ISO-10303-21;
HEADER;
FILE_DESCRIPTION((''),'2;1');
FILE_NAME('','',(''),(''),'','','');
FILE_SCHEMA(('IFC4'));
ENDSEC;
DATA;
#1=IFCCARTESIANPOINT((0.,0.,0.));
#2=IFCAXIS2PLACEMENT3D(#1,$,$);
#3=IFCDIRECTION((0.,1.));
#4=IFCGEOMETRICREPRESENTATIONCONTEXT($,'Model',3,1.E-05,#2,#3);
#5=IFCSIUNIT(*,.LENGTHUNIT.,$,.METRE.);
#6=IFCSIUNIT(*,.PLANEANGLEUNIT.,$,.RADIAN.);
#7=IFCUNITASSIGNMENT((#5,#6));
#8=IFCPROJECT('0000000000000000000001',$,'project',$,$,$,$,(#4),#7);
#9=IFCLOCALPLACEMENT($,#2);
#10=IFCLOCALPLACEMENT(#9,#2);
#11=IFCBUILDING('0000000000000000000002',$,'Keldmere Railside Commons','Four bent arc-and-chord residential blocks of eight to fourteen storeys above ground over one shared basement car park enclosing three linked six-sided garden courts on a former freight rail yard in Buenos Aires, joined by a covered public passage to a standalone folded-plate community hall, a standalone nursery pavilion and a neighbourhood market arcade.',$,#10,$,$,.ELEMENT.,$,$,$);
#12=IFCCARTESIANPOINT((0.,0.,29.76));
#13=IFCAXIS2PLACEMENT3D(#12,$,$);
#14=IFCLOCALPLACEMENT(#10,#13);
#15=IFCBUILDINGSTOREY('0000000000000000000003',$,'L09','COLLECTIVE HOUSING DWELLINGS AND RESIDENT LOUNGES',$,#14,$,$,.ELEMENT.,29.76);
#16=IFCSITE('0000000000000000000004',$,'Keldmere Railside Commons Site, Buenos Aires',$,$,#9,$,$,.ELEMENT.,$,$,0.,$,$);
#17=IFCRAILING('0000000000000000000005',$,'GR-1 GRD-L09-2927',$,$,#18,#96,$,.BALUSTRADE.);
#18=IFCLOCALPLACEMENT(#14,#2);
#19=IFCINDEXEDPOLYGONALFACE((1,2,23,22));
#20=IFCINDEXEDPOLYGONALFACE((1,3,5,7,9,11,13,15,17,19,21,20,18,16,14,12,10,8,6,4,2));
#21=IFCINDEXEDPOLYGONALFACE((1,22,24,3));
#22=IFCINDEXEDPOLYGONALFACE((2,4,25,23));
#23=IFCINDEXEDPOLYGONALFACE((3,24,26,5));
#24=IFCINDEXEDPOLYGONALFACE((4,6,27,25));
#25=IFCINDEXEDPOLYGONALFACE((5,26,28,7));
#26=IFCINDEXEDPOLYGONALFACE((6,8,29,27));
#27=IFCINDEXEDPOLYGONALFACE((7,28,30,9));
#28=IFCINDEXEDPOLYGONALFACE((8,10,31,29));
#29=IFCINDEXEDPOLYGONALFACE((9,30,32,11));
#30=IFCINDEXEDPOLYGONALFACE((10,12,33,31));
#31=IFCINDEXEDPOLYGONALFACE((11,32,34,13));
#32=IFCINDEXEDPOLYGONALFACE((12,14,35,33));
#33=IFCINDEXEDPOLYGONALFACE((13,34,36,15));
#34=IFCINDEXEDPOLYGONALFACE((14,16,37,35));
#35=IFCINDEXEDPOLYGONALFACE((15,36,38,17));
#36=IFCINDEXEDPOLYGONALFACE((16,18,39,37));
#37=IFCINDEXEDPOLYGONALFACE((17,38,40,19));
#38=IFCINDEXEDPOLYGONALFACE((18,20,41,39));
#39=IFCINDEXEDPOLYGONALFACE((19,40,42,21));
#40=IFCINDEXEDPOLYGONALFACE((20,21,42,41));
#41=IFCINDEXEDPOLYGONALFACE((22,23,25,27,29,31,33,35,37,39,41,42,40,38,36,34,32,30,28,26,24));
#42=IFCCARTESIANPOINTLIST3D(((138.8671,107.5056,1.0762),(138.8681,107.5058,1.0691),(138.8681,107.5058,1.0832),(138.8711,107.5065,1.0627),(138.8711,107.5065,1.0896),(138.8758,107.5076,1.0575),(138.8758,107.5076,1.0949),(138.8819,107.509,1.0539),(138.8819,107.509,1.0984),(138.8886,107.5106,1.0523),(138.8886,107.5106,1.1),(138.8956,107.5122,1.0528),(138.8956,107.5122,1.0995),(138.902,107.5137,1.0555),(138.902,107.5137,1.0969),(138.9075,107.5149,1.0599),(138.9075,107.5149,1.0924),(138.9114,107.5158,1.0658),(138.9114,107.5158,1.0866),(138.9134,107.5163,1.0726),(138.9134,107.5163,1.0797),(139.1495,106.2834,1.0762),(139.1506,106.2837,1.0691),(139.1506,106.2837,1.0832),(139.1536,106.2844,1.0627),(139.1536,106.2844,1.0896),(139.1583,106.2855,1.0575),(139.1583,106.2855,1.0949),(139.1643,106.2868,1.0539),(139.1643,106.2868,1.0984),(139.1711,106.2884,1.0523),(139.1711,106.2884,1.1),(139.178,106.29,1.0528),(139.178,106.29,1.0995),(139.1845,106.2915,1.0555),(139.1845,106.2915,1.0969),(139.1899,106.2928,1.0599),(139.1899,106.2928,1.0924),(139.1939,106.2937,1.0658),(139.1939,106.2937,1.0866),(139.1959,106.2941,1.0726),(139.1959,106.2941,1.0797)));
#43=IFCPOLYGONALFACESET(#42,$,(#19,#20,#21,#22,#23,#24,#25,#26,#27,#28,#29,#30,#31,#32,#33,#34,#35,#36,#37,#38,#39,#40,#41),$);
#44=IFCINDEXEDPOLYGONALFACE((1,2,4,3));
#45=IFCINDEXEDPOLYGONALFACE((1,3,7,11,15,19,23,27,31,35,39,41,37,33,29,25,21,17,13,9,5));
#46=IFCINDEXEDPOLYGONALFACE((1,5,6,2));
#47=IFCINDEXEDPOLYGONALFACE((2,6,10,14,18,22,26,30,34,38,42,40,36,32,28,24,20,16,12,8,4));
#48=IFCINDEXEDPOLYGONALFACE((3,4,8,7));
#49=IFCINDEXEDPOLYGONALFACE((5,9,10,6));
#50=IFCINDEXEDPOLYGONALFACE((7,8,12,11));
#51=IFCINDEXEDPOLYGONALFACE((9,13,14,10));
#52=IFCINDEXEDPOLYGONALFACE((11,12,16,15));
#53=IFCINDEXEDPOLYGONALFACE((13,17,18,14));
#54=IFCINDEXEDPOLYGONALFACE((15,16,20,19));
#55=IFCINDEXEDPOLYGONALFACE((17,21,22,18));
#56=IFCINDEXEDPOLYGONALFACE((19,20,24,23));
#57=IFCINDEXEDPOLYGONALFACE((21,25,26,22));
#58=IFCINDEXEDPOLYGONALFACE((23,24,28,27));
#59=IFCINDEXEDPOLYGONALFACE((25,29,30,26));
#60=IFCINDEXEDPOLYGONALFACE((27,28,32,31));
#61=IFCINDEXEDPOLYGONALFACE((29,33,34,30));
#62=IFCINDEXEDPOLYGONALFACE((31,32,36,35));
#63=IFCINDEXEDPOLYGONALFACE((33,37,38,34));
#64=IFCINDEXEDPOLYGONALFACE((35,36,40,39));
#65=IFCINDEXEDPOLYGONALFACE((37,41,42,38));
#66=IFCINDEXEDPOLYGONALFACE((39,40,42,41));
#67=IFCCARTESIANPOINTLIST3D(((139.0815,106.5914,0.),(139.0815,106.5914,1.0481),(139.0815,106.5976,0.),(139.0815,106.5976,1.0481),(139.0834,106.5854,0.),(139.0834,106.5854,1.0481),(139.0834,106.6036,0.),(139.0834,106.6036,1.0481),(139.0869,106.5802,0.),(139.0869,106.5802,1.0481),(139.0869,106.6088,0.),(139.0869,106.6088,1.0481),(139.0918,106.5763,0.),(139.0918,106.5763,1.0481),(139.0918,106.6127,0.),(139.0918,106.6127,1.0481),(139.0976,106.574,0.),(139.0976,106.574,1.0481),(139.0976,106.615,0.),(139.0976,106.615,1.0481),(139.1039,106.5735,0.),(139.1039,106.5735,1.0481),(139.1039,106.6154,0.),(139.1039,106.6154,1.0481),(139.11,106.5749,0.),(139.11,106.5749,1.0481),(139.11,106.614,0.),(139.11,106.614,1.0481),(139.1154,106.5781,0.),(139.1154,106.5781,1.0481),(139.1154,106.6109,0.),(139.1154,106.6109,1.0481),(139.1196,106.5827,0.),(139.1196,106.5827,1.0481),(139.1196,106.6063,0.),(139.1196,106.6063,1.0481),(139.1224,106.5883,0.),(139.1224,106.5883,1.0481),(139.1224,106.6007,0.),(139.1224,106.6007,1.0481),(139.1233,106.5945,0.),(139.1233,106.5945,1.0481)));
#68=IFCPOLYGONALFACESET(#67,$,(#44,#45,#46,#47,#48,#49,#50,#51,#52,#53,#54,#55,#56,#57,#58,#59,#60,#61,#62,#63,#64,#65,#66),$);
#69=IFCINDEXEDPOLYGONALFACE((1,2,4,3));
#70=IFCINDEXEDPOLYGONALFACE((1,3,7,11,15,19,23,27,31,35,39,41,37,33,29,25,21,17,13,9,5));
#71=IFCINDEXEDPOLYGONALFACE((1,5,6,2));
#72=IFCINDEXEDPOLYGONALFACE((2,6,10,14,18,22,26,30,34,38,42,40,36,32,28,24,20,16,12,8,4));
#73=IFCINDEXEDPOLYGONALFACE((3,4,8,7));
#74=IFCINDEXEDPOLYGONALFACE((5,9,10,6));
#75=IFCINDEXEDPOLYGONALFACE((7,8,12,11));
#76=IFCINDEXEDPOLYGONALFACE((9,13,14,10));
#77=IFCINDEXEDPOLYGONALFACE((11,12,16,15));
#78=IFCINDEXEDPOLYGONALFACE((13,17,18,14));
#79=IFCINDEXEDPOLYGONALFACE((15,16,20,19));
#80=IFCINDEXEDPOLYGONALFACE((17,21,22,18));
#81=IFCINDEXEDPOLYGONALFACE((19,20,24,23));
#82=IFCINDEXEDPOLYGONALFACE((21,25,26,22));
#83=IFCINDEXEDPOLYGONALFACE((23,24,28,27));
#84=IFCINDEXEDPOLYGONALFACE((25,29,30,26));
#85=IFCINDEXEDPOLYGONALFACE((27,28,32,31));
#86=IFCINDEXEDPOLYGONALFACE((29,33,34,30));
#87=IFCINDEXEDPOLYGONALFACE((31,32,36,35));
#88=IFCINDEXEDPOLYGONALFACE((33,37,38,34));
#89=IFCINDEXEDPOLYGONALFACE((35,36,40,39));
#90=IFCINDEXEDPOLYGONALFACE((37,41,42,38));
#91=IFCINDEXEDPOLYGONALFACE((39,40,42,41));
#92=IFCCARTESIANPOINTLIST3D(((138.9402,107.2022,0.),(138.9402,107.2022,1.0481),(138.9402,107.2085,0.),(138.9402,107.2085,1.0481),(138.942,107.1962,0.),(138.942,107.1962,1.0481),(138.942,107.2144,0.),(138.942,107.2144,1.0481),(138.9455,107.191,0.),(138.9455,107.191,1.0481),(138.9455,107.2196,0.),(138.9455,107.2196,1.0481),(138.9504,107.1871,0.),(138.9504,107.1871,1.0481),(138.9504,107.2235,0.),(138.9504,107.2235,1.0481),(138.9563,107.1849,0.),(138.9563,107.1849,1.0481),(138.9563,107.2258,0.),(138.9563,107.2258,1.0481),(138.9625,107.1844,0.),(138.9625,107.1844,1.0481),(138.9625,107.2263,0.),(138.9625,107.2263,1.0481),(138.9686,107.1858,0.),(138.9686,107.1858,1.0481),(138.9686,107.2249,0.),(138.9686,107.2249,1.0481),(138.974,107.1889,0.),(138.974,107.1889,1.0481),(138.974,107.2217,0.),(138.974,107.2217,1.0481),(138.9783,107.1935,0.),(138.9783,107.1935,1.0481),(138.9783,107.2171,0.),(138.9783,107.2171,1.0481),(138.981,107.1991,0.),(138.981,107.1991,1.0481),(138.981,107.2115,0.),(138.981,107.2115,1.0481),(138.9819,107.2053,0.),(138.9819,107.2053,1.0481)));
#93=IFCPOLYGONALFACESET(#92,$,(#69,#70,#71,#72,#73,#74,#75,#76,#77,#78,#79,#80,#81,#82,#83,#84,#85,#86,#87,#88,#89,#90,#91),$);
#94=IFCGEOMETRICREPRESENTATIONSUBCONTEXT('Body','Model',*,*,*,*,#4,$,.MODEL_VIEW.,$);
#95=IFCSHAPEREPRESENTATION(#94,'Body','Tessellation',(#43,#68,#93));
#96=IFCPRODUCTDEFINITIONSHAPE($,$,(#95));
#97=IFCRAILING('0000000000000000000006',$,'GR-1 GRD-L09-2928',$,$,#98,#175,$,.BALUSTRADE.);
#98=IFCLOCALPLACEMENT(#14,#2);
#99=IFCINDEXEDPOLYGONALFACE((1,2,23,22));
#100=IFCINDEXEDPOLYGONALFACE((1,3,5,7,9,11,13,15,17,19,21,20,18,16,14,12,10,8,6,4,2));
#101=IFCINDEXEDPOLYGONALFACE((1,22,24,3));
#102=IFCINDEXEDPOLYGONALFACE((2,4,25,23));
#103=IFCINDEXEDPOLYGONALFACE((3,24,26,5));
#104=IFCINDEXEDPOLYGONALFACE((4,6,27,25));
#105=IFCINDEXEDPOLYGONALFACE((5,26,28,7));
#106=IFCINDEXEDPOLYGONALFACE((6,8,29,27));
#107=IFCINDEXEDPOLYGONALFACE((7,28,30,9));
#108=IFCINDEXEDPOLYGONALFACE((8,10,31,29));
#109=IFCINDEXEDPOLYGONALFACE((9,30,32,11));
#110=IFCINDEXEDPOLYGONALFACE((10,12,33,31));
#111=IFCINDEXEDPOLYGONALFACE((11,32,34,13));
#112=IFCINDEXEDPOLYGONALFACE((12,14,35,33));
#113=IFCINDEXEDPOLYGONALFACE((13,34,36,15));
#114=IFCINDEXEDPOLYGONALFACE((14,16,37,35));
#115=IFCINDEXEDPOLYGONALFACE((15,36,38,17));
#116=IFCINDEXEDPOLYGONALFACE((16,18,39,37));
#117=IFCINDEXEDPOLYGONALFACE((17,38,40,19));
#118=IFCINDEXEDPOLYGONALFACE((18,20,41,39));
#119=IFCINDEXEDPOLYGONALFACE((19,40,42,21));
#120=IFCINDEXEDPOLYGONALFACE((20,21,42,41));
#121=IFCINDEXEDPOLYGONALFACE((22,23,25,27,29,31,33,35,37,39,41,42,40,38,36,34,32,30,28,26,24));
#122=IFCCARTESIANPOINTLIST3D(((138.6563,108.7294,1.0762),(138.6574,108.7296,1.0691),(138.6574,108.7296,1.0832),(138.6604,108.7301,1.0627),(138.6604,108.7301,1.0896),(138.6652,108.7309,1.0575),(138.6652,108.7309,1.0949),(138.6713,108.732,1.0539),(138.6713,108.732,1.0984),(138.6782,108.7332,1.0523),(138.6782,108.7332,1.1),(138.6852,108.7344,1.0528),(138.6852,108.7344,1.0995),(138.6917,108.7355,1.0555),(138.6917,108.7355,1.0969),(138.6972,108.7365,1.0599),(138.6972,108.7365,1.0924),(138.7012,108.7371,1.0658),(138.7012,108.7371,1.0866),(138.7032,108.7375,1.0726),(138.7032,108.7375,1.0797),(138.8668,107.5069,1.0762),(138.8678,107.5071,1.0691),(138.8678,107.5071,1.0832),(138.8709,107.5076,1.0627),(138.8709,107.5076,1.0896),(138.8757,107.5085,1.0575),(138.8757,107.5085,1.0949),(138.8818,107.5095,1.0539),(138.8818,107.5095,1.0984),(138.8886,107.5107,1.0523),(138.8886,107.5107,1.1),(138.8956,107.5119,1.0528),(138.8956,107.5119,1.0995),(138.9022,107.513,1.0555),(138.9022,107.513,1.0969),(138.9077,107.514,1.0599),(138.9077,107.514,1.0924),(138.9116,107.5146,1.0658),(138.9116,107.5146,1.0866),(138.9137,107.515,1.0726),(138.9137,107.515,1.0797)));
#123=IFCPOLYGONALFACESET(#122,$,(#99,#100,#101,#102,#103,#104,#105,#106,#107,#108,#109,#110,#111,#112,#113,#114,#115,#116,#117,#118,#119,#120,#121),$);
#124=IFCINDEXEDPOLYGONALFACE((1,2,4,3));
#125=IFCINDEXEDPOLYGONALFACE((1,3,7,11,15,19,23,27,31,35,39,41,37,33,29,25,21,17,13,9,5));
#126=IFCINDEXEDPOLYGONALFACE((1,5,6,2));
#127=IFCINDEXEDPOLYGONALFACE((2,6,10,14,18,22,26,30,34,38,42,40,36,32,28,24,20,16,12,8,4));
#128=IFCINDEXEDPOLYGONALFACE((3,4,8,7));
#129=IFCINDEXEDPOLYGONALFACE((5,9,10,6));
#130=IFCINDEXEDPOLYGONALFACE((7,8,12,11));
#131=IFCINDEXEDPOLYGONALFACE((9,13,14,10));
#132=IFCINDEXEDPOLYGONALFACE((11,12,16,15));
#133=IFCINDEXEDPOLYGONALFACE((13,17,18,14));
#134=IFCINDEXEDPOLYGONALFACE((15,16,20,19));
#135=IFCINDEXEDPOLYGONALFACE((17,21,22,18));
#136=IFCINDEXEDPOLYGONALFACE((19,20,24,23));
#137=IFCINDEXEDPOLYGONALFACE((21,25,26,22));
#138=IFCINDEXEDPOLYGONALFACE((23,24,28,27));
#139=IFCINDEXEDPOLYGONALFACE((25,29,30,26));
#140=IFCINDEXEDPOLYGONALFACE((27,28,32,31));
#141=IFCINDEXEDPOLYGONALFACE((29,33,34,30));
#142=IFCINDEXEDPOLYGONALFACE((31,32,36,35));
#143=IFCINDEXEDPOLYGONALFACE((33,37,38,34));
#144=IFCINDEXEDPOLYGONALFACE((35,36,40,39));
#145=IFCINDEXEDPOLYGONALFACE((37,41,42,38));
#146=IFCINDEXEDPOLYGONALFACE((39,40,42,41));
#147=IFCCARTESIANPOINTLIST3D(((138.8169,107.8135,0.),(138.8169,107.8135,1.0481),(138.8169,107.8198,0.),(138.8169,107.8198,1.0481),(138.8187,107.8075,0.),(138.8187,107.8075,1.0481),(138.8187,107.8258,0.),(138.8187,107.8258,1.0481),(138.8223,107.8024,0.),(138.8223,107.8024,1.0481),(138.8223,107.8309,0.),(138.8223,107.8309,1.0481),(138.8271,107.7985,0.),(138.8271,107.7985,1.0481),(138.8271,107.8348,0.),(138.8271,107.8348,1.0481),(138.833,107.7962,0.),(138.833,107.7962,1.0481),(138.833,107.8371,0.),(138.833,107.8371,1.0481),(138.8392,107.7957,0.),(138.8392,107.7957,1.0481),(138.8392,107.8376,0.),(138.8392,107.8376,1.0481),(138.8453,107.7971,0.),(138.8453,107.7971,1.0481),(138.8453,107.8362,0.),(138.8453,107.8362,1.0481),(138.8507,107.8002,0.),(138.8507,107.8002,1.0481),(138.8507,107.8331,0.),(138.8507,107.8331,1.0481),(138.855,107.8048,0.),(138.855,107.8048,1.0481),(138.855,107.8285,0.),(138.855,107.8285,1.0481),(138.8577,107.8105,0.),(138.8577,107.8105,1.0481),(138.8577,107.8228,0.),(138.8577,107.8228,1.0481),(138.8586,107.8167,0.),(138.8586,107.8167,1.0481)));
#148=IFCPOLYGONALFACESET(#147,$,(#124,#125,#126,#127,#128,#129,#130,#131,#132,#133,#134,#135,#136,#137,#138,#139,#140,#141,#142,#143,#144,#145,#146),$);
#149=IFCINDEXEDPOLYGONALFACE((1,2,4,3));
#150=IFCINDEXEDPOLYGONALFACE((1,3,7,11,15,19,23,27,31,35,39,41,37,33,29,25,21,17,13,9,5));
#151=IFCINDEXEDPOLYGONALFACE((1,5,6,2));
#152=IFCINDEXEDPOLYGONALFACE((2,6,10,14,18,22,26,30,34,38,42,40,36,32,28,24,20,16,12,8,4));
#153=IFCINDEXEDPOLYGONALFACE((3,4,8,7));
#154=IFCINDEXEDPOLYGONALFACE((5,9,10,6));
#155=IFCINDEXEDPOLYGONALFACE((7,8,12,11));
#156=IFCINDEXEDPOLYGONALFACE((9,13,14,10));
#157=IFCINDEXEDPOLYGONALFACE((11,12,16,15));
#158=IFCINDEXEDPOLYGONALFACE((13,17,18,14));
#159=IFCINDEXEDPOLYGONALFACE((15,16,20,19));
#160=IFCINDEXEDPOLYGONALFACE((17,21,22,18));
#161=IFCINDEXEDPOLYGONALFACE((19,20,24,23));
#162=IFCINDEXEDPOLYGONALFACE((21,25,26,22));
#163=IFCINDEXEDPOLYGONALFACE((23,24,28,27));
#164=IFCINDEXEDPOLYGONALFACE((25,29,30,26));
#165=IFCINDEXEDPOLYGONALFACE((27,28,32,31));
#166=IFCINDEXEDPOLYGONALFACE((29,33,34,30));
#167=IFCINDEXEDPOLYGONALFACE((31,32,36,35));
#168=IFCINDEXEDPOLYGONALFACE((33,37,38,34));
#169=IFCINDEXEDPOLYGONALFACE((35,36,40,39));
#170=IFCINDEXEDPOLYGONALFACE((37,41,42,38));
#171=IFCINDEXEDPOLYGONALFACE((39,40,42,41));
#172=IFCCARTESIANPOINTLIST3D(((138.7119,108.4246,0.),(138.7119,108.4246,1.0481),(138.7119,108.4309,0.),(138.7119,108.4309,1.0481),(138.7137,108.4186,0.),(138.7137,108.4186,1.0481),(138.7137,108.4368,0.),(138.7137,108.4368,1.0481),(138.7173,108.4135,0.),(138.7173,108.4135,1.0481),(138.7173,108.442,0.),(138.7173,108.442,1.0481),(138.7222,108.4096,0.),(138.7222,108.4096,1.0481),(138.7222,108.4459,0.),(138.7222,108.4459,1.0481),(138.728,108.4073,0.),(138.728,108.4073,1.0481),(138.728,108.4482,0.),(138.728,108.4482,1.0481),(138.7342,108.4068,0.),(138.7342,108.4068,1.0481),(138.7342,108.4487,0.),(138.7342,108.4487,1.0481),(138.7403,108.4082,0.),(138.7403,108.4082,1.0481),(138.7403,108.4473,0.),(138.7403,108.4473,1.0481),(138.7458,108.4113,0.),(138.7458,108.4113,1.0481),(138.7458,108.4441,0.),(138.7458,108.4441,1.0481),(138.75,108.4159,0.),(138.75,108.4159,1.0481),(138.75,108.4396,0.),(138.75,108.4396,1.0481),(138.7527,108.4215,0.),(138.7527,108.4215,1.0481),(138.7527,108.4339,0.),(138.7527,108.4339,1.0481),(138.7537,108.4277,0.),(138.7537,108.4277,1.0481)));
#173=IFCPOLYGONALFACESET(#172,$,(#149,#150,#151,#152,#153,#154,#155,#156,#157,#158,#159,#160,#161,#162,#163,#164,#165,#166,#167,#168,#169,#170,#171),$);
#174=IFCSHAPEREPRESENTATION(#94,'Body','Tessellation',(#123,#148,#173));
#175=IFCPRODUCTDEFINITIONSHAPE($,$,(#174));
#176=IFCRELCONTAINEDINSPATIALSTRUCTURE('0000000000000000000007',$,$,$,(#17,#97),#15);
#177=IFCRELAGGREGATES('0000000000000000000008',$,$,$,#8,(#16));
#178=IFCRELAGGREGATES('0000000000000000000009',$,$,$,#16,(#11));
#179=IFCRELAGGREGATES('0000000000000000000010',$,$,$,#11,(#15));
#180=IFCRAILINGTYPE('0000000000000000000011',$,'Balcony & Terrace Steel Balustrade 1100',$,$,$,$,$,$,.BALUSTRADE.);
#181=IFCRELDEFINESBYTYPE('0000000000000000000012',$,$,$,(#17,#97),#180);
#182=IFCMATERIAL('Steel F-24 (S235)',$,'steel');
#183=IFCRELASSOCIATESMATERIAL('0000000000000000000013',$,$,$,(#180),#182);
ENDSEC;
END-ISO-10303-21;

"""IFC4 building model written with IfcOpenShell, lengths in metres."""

from ifc_helpers import new_model, si_unit, direction, frame, origin, origin_2d, place, context, subcontext, project, spatial, circle, extrude, material, type_object, element, save


model = new_model("IFC4")

# Units and contexts
model_context = context("Model", 3, precision=1e-05, world=origin(), true_north=direction((0.0, 1.0)))
body_context = subcontext(model_context, "Body", "Model", "MODEL_VIEW")
ifc_project = project(units=[si_unit("LENGTHUNIT", "METRE"), si_unit("PLANEANGLEUNIT", "RADIAN")], contexts=[model_context])

# Site, building, storey
site_placement = place(None, origin())
site = spatial("IfcSite", under=ifc_project, at=site_placement, Name="Keldmere Railside Commons Site, Buenos Aires", CompositionType="ELEMENT", RefElevation=0.0)
building_placement = place(site_placement, origin())
building = spatial("IfcBuilding", under=site, at=building_placement, Name="Keldmere Railside Commons", Description="Four bent arc-and-chord residential blocks of eight to fourteen storeys above ground over one shared basement car park enclosing three linked six-sided garden courts on a former freight rail yard in Buenos Aires, joined by a covered public passage to a standalone folded-plate community hall, a standalone nursery pavilion and a neighbourhood market arcade.", CompositionType="ELEMENT")
storey_placement = place(building_placement, frame((0.0, 0.0, 29.76)))
storey = spatial("IfcBuildingStorey", under=building, at=storey_placement, Name="L09", Description="COLLECTIVE HOUSING DWELLINGS AND RESIDENT LOUNGES", CompositionType="ELEMENT", Elevation=29.76)

# Shared definitions
ifc_material_1 = material(Name="Steel F-24 (S235)", Category="steel")

# Railings
railing_type = type_object("IfcRailingType", Name="Balcony & Terrace Steel Balustrade 1100", PredefinedType="BALUSTRADE", material=ifc_material_1)
railing_1_placement = place(storey_placement, frame((139.1729, 106.2888, 0.0)))
element("IfcRailing", 1, at=railing_1_placement, inside=storey, type_object=railing_type, Name="GR-1 GRD-L09-2927", PredefinedType="BALUSTRADE", context=body_context, shape_type="SweptSolid", body=[
    extrude(circle(Radius=0.0239, at=origin_2d()), frame((0.0, 0.0, 1.0762), z_axis=(-0.225186, 0.974316, 0.0), x_axis=(-0.974316, -0.225186, 0.0)), (0.0, 0.0, 1.0), 1.2544),
    extrude(circle(Radius=0.021, at=origin_2d()), frame((-0.0706, 0.3057, 0.0)), (0.0, 0.0, 1.0), 1.0481),
    extrude(circle(Radius=0.021, at=origin_2d()), frame((-0.2119, 0.9165, 0.0)), (0.0, 0.0, 1.0), 1.0481),
])
railing_2_placement = place(storey_placement, frame((138.8904, 107.511, 0.0)))
element("IfcRailing", 2, at=railing_2_placement, inside=storey, type_object=railing_type, Name="GR-1 GRD-L09-2928", PredefinedType="BALUSTRADE", context=body_context, shape_type="SweptSolid", body=[
    extrude(circle(Radius=0.0239, at=origin_2d()), frame((0.0, 0.0, 1.0762), z_axis=(-0.169663, 0.985502, 0.0), x_axis=(-0.985502, -0.169663, 0.0)), (0.0, 0.0, 1.0), 1.2405),
    extrude(circle(Radius=0.021, at=origin_2d()), frame((-0.0527, 0.3057, 0.0)), (0.0, 0.0, 1.0), 1.0481),
    extrude(circle(Radius=0.021, at=origin_2d()), frame((-0.1577, 0.9167, 0.0)), (0.0, 0.0, 1.0), 1.0481),
])

save(model, "model.ifc")
